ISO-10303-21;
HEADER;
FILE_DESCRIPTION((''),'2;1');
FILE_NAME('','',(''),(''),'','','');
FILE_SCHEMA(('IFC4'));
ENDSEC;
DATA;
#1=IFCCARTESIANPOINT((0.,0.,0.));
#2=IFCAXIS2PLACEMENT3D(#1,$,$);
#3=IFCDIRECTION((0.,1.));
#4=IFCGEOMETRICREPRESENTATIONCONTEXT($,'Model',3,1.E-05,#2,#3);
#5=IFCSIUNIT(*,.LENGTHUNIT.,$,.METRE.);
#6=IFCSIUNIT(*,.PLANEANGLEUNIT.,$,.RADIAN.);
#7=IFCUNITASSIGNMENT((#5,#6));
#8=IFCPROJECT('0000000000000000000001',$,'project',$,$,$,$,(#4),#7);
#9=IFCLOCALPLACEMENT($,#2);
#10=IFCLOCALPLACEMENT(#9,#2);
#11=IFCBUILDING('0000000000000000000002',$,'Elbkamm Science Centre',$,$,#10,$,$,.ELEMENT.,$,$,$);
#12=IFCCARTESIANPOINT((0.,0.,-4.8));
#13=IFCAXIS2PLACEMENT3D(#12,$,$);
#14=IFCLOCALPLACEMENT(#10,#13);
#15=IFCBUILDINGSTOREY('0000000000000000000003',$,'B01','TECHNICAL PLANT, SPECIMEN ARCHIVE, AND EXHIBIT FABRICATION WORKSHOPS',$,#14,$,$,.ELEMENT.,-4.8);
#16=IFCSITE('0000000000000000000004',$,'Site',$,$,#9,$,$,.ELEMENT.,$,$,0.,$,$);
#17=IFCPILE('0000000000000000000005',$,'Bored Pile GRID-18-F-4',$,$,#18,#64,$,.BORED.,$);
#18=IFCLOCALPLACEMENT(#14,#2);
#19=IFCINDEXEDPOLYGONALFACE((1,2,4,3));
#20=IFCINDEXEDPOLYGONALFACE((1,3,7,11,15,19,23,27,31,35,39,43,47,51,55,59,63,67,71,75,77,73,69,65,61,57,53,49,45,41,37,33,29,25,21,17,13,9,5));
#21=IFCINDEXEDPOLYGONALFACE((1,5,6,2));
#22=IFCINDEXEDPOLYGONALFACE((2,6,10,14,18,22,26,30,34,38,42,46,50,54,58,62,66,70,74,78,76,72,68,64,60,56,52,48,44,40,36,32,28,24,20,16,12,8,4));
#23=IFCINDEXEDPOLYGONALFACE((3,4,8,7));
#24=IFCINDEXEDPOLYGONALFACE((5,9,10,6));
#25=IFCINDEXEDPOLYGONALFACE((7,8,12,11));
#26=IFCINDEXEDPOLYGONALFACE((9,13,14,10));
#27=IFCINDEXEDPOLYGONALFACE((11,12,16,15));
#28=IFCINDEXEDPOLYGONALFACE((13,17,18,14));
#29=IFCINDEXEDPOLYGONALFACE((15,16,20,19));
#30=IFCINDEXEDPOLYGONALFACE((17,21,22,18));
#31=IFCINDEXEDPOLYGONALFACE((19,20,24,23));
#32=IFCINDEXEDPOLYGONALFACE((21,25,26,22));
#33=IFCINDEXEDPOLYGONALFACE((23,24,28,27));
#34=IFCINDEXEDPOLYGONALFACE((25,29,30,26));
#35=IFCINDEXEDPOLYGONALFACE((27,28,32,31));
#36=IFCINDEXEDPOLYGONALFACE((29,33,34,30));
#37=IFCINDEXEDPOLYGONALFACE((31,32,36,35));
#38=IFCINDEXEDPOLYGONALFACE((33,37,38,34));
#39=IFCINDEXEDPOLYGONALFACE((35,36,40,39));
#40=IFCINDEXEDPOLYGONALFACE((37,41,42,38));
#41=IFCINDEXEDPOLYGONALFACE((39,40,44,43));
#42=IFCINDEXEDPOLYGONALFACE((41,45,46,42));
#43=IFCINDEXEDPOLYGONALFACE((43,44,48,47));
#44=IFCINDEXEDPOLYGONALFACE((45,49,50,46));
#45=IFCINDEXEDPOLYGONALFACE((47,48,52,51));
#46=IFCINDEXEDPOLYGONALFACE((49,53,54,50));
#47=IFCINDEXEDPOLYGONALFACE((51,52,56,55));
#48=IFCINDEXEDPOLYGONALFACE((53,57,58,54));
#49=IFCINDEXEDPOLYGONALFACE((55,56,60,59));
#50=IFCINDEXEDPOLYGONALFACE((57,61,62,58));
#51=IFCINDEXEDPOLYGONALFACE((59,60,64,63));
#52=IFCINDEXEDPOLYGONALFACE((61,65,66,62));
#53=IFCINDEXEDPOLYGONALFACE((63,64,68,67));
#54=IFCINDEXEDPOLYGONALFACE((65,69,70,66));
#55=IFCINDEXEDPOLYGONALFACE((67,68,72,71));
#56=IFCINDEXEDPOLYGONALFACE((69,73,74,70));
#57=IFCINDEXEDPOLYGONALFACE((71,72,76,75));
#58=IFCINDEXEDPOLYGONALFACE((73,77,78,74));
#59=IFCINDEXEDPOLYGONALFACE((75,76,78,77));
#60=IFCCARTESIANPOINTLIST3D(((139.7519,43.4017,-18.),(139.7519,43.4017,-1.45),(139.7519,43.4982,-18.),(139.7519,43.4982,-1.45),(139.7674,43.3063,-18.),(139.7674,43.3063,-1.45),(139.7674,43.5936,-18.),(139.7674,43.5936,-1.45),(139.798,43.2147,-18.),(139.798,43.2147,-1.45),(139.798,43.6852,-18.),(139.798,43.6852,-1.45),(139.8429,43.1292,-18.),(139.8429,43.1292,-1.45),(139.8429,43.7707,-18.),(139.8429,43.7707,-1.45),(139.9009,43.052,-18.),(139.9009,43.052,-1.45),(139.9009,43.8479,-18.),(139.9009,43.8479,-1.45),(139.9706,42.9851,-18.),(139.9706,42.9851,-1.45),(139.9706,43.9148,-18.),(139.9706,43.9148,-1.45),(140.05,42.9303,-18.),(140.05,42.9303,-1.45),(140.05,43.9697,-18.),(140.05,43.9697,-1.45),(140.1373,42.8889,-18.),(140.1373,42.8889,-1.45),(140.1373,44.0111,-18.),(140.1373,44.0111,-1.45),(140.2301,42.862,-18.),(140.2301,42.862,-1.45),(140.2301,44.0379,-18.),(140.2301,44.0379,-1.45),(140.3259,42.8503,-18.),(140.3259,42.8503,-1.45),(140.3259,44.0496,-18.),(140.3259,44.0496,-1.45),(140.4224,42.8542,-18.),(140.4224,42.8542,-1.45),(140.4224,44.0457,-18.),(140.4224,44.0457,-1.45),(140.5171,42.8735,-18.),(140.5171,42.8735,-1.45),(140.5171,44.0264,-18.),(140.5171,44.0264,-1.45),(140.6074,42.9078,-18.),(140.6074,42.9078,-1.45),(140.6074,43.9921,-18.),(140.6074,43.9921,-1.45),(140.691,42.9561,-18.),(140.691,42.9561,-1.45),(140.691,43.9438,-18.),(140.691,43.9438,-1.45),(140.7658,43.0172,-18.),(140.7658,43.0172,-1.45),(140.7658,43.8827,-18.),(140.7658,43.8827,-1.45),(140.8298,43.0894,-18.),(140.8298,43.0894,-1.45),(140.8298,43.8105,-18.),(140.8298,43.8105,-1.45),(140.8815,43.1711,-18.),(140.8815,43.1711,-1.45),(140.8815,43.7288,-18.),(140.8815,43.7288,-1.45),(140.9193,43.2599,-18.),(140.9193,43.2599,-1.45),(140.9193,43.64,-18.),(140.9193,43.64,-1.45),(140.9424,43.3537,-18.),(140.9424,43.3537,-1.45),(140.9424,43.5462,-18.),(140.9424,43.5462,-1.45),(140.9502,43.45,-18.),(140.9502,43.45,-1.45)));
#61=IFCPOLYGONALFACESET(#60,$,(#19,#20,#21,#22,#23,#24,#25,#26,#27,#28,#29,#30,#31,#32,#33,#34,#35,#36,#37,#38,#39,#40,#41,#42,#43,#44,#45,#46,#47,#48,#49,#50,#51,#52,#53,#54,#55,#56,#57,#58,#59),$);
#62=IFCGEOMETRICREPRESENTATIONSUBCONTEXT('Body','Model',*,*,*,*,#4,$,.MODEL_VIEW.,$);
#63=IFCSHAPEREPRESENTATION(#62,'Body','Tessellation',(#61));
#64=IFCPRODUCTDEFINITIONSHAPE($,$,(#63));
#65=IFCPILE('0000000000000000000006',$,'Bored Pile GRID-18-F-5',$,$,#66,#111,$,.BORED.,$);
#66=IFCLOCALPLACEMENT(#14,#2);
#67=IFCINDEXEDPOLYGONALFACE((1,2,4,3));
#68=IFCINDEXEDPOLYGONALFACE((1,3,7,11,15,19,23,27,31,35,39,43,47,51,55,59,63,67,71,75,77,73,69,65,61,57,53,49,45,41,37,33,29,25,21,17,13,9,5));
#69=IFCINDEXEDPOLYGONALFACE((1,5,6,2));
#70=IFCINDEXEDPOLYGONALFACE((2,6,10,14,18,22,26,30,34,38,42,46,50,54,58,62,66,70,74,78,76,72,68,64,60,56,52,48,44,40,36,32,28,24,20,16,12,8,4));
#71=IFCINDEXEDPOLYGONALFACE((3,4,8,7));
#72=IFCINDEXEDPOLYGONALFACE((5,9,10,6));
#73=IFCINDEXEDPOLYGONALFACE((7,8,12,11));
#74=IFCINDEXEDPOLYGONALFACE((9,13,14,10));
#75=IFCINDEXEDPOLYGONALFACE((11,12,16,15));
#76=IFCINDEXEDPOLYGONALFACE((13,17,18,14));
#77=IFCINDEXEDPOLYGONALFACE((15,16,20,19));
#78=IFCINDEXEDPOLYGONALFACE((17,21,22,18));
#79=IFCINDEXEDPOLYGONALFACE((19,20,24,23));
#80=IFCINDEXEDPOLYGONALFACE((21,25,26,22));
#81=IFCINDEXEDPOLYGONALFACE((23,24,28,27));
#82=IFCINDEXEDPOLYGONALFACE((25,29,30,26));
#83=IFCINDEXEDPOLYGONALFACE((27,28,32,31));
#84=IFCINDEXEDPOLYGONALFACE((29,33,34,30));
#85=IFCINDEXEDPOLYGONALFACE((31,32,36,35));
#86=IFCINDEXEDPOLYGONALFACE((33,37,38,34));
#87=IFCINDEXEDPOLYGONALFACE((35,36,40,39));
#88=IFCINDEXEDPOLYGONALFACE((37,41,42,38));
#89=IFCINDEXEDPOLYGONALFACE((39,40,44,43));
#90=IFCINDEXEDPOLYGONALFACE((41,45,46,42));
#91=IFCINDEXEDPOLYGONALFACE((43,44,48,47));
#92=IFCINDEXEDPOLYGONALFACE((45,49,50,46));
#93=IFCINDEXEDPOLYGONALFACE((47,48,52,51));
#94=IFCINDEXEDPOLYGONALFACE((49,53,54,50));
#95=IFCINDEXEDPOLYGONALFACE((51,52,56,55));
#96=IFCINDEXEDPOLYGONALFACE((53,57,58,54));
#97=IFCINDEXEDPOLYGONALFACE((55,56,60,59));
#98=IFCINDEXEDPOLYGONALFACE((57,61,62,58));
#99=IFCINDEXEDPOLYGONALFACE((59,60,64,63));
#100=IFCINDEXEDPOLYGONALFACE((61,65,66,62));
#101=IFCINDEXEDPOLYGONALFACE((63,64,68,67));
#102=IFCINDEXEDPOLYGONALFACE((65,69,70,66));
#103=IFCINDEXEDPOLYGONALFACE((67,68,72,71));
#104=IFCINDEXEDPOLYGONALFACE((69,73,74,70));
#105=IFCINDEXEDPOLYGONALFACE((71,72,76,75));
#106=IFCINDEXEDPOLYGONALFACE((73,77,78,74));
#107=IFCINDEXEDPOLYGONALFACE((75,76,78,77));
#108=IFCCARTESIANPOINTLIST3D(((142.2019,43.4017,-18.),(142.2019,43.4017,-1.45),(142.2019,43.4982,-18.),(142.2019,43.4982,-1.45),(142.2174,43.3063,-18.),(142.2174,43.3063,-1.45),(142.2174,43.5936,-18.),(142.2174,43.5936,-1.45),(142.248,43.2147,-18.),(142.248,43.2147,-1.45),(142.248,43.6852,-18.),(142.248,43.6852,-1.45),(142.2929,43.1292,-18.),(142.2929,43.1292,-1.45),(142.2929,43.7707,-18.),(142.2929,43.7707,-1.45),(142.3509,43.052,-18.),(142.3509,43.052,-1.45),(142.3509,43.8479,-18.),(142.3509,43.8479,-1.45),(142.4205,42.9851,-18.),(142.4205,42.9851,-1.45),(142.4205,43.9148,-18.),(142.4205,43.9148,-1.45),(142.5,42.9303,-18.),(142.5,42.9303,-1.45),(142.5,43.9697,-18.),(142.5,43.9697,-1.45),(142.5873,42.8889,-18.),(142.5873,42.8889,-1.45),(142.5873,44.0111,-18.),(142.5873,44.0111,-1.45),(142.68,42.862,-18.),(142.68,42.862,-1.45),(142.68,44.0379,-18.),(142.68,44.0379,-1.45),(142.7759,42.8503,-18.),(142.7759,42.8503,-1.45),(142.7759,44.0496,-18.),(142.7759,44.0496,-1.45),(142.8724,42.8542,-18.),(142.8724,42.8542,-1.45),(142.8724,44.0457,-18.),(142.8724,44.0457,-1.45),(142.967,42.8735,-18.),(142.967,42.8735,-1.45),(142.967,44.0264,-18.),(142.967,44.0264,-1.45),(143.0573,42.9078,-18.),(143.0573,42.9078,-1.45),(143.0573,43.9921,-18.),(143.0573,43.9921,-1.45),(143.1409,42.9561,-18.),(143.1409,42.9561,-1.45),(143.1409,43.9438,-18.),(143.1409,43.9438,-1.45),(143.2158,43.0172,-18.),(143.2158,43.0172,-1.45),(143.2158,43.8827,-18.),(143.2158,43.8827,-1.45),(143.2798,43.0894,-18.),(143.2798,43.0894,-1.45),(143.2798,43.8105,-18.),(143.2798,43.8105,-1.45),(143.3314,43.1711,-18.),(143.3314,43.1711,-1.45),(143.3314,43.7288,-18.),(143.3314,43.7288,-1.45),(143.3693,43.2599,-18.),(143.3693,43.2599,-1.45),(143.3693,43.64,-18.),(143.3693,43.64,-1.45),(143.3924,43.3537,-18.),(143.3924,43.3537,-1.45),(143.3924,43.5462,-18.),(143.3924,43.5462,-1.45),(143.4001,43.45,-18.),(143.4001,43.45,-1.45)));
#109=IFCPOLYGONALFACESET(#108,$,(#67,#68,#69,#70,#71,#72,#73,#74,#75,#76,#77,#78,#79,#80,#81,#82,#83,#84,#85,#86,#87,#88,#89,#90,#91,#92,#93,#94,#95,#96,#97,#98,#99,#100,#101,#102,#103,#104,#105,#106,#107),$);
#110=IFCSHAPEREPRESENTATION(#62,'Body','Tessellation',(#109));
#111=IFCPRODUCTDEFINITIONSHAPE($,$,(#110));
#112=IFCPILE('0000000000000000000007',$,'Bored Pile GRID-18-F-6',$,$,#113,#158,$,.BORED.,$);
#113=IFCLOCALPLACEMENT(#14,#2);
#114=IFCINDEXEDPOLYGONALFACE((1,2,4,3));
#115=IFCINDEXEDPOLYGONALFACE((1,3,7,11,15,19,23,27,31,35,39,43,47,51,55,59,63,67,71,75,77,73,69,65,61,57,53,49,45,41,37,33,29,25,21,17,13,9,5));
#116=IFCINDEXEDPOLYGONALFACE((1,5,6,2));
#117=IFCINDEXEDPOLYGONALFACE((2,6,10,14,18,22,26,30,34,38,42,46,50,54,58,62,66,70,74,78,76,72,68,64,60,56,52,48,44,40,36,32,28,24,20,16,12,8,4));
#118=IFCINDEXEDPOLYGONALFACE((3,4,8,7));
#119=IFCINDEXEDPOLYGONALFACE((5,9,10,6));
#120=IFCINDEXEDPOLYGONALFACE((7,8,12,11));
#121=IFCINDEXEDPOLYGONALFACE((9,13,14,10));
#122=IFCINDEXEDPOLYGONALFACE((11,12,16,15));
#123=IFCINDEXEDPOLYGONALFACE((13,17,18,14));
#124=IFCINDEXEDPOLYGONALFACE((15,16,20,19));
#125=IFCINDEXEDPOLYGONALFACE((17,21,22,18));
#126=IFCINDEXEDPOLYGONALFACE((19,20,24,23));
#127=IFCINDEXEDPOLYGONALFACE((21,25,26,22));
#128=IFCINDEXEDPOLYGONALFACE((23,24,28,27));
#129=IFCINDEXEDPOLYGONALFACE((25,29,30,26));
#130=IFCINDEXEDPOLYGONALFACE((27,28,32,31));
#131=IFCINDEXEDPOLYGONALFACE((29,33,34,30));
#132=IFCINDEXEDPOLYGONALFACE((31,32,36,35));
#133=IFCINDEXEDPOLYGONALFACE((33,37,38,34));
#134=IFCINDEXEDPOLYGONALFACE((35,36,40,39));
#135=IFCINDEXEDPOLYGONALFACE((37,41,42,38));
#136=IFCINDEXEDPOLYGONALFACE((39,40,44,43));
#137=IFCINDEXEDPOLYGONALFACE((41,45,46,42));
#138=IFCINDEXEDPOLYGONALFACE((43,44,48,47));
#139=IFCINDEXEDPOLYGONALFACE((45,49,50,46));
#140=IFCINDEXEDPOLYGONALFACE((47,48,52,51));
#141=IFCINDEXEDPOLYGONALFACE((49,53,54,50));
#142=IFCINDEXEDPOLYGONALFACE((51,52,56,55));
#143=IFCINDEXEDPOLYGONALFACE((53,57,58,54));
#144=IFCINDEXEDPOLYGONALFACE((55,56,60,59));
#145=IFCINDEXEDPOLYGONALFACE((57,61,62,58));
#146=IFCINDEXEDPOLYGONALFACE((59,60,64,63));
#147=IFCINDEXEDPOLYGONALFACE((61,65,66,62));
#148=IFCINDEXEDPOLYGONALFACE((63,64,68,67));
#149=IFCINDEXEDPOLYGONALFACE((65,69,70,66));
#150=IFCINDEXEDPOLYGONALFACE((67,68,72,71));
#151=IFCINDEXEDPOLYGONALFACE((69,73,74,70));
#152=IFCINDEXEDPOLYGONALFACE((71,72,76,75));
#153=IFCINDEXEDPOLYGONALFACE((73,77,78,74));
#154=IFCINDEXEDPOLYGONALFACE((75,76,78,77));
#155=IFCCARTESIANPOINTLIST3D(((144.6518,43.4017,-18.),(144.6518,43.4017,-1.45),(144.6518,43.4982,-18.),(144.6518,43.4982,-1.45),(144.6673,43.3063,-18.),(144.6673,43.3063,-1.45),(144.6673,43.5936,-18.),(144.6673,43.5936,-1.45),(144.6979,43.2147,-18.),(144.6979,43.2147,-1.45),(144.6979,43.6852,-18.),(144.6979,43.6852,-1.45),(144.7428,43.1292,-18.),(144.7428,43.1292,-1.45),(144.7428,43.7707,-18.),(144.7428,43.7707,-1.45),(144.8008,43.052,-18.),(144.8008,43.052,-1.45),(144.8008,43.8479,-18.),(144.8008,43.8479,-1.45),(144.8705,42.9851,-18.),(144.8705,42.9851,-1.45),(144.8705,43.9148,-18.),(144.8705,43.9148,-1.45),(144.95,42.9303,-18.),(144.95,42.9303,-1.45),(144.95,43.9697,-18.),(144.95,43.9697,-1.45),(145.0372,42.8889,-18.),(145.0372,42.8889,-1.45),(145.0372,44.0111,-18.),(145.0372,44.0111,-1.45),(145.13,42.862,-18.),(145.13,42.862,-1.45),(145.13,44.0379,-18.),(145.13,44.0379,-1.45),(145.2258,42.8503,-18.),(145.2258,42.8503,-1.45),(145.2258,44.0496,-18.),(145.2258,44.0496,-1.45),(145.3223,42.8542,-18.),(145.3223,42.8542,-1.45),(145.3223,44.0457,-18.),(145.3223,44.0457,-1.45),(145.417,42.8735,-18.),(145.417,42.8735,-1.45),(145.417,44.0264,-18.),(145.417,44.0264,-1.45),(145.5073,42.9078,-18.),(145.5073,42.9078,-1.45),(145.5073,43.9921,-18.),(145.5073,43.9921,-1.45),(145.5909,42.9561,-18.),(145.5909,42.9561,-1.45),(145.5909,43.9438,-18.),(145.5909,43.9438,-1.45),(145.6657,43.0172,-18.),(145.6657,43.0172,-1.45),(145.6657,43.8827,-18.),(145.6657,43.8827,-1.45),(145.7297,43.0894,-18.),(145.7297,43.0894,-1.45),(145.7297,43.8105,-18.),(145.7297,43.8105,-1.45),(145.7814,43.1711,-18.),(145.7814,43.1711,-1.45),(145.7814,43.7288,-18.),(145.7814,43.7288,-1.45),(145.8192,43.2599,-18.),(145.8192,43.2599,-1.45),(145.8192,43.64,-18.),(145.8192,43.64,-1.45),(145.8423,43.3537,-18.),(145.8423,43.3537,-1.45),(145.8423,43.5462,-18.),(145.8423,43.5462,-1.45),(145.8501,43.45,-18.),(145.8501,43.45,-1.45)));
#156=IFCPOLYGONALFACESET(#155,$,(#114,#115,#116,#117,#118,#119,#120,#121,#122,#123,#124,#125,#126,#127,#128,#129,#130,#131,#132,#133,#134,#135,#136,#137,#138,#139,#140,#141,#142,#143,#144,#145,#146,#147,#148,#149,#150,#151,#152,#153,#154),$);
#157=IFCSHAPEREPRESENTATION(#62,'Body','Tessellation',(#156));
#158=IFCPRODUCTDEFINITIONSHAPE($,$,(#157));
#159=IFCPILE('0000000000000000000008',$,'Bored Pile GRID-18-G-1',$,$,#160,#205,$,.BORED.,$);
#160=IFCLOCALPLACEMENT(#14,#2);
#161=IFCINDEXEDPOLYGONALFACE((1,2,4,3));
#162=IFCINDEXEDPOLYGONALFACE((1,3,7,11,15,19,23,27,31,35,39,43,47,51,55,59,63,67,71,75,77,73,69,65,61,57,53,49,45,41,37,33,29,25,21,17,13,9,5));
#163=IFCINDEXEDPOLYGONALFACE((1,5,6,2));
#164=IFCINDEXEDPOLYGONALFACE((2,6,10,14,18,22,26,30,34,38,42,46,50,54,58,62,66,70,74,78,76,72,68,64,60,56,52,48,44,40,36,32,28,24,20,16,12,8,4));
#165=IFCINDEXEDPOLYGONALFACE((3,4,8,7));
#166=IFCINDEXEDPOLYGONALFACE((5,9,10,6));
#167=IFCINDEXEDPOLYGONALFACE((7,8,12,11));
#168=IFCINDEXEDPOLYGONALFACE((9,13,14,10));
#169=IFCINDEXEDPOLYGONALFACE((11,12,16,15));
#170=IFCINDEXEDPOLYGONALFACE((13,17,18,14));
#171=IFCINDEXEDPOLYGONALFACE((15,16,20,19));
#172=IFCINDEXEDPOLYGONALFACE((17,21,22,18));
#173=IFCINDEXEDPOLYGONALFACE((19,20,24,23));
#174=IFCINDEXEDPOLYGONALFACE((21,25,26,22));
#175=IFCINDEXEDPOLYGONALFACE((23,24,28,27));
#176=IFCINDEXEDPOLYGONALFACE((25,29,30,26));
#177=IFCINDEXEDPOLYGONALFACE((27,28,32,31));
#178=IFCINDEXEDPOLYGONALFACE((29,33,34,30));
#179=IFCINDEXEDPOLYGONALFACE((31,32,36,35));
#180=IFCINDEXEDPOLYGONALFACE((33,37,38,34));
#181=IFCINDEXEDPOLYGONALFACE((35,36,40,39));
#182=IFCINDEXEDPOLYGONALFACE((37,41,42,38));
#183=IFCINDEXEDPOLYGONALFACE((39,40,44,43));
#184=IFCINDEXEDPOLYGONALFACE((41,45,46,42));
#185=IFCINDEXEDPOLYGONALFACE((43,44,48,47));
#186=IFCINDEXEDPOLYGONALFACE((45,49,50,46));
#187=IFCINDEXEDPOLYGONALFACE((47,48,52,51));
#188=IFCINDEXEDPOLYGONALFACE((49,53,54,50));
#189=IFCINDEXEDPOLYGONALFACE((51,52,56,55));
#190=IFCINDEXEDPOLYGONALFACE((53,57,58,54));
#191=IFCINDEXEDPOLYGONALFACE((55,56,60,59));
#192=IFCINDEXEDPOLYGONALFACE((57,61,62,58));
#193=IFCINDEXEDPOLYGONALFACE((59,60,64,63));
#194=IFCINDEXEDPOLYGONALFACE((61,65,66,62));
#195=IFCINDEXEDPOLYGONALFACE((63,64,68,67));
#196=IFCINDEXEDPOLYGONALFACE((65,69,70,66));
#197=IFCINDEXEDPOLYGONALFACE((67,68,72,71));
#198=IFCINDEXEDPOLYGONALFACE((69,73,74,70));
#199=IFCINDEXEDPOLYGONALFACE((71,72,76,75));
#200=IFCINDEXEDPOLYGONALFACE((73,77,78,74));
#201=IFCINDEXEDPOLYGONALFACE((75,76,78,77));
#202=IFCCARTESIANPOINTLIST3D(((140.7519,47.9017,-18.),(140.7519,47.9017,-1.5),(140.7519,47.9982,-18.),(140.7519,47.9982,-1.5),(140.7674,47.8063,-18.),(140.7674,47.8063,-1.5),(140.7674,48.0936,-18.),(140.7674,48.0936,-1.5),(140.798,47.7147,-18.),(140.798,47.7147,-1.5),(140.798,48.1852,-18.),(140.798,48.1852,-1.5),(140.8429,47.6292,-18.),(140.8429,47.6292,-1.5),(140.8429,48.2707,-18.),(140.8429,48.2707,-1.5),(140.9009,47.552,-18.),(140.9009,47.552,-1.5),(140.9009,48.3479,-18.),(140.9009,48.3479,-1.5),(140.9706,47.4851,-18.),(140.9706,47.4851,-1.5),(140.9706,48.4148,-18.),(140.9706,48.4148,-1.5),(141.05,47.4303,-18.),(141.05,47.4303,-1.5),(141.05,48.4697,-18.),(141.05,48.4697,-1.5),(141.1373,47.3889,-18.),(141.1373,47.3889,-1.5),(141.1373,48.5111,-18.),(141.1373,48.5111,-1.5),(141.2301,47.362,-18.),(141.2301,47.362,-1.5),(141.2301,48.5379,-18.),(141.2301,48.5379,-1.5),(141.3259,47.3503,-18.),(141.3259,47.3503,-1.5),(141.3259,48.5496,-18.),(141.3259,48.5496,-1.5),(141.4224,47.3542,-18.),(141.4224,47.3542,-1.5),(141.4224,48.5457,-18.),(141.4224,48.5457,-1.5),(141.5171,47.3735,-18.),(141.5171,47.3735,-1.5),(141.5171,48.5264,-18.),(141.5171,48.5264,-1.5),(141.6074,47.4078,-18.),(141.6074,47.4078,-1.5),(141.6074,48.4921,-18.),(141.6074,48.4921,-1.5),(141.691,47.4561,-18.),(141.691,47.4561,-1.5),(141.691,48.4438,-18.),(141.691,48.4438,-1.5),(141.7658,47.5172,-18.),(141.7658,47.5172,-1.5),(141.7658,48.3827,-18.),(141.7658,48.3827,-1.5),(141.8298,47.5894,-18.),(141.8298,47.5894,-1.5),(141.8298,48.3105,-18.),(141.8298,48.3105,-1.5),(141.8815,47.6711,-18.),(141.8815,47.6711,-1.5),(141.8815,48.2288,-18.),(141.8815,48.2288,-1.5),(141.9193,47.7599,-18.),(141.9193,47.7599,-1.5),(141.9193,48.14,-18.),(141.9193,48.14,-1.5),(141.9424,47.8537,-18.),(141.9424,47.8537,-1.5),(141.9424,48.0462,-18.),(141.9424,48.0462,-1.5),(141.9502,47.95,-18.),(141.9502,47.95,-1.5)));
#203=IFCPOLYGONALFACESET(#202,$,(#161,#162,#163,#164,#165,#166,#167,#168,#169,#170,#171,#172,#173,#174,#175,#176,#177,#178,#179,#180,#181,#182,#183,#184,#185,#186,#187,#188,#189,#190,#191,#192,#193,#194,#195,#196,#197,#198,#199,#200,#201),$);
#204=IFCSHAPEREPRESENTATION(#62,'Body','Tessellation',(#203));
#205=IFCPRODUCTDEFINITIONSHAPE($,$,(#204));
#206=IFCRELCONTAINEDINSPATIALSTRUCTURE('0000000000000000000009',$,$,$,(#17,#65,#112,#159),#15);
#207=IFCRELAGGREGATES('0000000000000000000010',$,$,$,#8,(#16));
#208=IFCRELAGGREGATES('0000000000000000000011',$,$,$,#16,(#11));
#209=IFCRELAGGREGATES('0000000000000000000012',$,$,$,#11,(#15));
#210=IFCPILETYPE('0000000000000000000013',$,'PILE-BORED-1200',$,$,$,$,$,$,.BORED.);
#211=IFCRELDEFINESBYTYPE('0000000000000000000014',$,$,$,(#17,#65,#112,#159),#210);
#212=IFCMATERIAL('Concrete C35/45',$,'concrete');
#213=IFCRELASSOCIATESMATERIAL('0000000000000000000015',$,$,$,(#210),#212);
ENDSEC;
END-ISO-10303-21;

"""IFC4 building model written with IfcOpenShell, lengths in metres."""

from ifc_helpers import new_model, si_unit, direction, frame, origin, origin_2d, place, context, subcontext, project, spatial, circle, extrude, material, material_profile, profile_set, type_object, element, save


model = new_model("IFC4")

# Units and contexts
model_context = context("Model", 3, precision=1e-05, world=origin(), true_north=direction((0.0, 1.0)))
body_context = subcontext(model_context, "Body", "Model", "MODEL_VIEW")
ifc_project = project(units=[si_unit("LENGTHUNIT", "METRE"), si_unit("PLANEANGLEUNIT", "RADIAN")], contexts=[model_context])

# Site, building, storey
site_placement = place(None, origin())
site = spatial("IfcSite", under=ifc_project, at=site_placement, Name="Site", CompositionType="ELEMENT", RefElevation=0.0)
building_placement = place(site_placement, origin())
building = spatial("IfcBuilding", under=site, at=building_placement, Name="Elbkamm Science Centre", CompositionType="ELEMENT")
storey_placement = place(building_placement, frame((0.0, 0.0, -4.8)))
storey = spatial("IfcBuildingStorey", under=building, at=storey_placement, Name="B01", Description="TECHNICAL PLANT, SPECIMEN ARCHIVE, AND EXHIBIT FABRICATION WORKSHOPS", CompositionType="ELEMENT", Elevation=-4.8)

# Shared definitions
ifc_material_1 = material(Name="Concrete C35/45", Category="concrete")

# Piles
ifc_material_profile_1 = material_profile(ifc_material_1, circle(Radius=0.6001, at=origin_2d()), Name="PILE D1200")
ifc_profile_set_1 = profile_set([ifc_material_profile_1], Name="Concrete C35/45")
pile_type_1 = type_object("IfcPileType", Name="PILE-BORED-1200", PredefinedType="BORED", material=ifc_profile_set_1)
for number, where, z_axis, x_axis, name in (
    (1, (140.3501, 43.45, -1.45), (0.0, 0.0, -1.0), (1.0, 0.0, 0.0), "Bored Pile GRID-18-F-4"),
    (2, (142.8, 43.45, -1.45), (0.0, 0.0, -1.0), (1.0, 0.0, 0.0), "Bored Pile GRID-18-F-5"),
    (3, (145.25, 43.45, -1.45), (0.0, 0.0, -1.0), (1.0, 0.0, 0.0), "Bored Pile GRID-18-F-6"),
):
    element("IfcPile", number, at=place(storey_placement, frame(where, z_axis=z_axis, x_axis=x_axis)), inside=storey, type_object=pile_type_1, Name=name, PredefinedType="BORED", context=body_context, shape_type="SweptSolid", body=[
        extrude(circle(Radius=0.6001, at=origin_2d()), origin(), (0.0, 0.0, 1.0), 16.55),
    ])
for number, where, z_axis, x_axis, name in (
    (4, (141.3501, 47.95, -1.5), (0.0, 0.0, -1.0), (1.0, 0.0, 0.0), "Bored Pile GRID-18-G-1"),
):
    element("IfcPile", number, at=place(storey_placement, frame(where, z_axis=z_axis, x_axis=x_axis)), inside=storey, type_object=pile_type_1, Name=name, PredefinedType="BORED", context=body_context, shape_type="SweptSolid", body=[
        extrude(circle(Radius=0.6001, at=origin_2d()), origin(), (0.0, 0.0, 1.0), 16.5),
    ])

save(model, "model.ifc")
